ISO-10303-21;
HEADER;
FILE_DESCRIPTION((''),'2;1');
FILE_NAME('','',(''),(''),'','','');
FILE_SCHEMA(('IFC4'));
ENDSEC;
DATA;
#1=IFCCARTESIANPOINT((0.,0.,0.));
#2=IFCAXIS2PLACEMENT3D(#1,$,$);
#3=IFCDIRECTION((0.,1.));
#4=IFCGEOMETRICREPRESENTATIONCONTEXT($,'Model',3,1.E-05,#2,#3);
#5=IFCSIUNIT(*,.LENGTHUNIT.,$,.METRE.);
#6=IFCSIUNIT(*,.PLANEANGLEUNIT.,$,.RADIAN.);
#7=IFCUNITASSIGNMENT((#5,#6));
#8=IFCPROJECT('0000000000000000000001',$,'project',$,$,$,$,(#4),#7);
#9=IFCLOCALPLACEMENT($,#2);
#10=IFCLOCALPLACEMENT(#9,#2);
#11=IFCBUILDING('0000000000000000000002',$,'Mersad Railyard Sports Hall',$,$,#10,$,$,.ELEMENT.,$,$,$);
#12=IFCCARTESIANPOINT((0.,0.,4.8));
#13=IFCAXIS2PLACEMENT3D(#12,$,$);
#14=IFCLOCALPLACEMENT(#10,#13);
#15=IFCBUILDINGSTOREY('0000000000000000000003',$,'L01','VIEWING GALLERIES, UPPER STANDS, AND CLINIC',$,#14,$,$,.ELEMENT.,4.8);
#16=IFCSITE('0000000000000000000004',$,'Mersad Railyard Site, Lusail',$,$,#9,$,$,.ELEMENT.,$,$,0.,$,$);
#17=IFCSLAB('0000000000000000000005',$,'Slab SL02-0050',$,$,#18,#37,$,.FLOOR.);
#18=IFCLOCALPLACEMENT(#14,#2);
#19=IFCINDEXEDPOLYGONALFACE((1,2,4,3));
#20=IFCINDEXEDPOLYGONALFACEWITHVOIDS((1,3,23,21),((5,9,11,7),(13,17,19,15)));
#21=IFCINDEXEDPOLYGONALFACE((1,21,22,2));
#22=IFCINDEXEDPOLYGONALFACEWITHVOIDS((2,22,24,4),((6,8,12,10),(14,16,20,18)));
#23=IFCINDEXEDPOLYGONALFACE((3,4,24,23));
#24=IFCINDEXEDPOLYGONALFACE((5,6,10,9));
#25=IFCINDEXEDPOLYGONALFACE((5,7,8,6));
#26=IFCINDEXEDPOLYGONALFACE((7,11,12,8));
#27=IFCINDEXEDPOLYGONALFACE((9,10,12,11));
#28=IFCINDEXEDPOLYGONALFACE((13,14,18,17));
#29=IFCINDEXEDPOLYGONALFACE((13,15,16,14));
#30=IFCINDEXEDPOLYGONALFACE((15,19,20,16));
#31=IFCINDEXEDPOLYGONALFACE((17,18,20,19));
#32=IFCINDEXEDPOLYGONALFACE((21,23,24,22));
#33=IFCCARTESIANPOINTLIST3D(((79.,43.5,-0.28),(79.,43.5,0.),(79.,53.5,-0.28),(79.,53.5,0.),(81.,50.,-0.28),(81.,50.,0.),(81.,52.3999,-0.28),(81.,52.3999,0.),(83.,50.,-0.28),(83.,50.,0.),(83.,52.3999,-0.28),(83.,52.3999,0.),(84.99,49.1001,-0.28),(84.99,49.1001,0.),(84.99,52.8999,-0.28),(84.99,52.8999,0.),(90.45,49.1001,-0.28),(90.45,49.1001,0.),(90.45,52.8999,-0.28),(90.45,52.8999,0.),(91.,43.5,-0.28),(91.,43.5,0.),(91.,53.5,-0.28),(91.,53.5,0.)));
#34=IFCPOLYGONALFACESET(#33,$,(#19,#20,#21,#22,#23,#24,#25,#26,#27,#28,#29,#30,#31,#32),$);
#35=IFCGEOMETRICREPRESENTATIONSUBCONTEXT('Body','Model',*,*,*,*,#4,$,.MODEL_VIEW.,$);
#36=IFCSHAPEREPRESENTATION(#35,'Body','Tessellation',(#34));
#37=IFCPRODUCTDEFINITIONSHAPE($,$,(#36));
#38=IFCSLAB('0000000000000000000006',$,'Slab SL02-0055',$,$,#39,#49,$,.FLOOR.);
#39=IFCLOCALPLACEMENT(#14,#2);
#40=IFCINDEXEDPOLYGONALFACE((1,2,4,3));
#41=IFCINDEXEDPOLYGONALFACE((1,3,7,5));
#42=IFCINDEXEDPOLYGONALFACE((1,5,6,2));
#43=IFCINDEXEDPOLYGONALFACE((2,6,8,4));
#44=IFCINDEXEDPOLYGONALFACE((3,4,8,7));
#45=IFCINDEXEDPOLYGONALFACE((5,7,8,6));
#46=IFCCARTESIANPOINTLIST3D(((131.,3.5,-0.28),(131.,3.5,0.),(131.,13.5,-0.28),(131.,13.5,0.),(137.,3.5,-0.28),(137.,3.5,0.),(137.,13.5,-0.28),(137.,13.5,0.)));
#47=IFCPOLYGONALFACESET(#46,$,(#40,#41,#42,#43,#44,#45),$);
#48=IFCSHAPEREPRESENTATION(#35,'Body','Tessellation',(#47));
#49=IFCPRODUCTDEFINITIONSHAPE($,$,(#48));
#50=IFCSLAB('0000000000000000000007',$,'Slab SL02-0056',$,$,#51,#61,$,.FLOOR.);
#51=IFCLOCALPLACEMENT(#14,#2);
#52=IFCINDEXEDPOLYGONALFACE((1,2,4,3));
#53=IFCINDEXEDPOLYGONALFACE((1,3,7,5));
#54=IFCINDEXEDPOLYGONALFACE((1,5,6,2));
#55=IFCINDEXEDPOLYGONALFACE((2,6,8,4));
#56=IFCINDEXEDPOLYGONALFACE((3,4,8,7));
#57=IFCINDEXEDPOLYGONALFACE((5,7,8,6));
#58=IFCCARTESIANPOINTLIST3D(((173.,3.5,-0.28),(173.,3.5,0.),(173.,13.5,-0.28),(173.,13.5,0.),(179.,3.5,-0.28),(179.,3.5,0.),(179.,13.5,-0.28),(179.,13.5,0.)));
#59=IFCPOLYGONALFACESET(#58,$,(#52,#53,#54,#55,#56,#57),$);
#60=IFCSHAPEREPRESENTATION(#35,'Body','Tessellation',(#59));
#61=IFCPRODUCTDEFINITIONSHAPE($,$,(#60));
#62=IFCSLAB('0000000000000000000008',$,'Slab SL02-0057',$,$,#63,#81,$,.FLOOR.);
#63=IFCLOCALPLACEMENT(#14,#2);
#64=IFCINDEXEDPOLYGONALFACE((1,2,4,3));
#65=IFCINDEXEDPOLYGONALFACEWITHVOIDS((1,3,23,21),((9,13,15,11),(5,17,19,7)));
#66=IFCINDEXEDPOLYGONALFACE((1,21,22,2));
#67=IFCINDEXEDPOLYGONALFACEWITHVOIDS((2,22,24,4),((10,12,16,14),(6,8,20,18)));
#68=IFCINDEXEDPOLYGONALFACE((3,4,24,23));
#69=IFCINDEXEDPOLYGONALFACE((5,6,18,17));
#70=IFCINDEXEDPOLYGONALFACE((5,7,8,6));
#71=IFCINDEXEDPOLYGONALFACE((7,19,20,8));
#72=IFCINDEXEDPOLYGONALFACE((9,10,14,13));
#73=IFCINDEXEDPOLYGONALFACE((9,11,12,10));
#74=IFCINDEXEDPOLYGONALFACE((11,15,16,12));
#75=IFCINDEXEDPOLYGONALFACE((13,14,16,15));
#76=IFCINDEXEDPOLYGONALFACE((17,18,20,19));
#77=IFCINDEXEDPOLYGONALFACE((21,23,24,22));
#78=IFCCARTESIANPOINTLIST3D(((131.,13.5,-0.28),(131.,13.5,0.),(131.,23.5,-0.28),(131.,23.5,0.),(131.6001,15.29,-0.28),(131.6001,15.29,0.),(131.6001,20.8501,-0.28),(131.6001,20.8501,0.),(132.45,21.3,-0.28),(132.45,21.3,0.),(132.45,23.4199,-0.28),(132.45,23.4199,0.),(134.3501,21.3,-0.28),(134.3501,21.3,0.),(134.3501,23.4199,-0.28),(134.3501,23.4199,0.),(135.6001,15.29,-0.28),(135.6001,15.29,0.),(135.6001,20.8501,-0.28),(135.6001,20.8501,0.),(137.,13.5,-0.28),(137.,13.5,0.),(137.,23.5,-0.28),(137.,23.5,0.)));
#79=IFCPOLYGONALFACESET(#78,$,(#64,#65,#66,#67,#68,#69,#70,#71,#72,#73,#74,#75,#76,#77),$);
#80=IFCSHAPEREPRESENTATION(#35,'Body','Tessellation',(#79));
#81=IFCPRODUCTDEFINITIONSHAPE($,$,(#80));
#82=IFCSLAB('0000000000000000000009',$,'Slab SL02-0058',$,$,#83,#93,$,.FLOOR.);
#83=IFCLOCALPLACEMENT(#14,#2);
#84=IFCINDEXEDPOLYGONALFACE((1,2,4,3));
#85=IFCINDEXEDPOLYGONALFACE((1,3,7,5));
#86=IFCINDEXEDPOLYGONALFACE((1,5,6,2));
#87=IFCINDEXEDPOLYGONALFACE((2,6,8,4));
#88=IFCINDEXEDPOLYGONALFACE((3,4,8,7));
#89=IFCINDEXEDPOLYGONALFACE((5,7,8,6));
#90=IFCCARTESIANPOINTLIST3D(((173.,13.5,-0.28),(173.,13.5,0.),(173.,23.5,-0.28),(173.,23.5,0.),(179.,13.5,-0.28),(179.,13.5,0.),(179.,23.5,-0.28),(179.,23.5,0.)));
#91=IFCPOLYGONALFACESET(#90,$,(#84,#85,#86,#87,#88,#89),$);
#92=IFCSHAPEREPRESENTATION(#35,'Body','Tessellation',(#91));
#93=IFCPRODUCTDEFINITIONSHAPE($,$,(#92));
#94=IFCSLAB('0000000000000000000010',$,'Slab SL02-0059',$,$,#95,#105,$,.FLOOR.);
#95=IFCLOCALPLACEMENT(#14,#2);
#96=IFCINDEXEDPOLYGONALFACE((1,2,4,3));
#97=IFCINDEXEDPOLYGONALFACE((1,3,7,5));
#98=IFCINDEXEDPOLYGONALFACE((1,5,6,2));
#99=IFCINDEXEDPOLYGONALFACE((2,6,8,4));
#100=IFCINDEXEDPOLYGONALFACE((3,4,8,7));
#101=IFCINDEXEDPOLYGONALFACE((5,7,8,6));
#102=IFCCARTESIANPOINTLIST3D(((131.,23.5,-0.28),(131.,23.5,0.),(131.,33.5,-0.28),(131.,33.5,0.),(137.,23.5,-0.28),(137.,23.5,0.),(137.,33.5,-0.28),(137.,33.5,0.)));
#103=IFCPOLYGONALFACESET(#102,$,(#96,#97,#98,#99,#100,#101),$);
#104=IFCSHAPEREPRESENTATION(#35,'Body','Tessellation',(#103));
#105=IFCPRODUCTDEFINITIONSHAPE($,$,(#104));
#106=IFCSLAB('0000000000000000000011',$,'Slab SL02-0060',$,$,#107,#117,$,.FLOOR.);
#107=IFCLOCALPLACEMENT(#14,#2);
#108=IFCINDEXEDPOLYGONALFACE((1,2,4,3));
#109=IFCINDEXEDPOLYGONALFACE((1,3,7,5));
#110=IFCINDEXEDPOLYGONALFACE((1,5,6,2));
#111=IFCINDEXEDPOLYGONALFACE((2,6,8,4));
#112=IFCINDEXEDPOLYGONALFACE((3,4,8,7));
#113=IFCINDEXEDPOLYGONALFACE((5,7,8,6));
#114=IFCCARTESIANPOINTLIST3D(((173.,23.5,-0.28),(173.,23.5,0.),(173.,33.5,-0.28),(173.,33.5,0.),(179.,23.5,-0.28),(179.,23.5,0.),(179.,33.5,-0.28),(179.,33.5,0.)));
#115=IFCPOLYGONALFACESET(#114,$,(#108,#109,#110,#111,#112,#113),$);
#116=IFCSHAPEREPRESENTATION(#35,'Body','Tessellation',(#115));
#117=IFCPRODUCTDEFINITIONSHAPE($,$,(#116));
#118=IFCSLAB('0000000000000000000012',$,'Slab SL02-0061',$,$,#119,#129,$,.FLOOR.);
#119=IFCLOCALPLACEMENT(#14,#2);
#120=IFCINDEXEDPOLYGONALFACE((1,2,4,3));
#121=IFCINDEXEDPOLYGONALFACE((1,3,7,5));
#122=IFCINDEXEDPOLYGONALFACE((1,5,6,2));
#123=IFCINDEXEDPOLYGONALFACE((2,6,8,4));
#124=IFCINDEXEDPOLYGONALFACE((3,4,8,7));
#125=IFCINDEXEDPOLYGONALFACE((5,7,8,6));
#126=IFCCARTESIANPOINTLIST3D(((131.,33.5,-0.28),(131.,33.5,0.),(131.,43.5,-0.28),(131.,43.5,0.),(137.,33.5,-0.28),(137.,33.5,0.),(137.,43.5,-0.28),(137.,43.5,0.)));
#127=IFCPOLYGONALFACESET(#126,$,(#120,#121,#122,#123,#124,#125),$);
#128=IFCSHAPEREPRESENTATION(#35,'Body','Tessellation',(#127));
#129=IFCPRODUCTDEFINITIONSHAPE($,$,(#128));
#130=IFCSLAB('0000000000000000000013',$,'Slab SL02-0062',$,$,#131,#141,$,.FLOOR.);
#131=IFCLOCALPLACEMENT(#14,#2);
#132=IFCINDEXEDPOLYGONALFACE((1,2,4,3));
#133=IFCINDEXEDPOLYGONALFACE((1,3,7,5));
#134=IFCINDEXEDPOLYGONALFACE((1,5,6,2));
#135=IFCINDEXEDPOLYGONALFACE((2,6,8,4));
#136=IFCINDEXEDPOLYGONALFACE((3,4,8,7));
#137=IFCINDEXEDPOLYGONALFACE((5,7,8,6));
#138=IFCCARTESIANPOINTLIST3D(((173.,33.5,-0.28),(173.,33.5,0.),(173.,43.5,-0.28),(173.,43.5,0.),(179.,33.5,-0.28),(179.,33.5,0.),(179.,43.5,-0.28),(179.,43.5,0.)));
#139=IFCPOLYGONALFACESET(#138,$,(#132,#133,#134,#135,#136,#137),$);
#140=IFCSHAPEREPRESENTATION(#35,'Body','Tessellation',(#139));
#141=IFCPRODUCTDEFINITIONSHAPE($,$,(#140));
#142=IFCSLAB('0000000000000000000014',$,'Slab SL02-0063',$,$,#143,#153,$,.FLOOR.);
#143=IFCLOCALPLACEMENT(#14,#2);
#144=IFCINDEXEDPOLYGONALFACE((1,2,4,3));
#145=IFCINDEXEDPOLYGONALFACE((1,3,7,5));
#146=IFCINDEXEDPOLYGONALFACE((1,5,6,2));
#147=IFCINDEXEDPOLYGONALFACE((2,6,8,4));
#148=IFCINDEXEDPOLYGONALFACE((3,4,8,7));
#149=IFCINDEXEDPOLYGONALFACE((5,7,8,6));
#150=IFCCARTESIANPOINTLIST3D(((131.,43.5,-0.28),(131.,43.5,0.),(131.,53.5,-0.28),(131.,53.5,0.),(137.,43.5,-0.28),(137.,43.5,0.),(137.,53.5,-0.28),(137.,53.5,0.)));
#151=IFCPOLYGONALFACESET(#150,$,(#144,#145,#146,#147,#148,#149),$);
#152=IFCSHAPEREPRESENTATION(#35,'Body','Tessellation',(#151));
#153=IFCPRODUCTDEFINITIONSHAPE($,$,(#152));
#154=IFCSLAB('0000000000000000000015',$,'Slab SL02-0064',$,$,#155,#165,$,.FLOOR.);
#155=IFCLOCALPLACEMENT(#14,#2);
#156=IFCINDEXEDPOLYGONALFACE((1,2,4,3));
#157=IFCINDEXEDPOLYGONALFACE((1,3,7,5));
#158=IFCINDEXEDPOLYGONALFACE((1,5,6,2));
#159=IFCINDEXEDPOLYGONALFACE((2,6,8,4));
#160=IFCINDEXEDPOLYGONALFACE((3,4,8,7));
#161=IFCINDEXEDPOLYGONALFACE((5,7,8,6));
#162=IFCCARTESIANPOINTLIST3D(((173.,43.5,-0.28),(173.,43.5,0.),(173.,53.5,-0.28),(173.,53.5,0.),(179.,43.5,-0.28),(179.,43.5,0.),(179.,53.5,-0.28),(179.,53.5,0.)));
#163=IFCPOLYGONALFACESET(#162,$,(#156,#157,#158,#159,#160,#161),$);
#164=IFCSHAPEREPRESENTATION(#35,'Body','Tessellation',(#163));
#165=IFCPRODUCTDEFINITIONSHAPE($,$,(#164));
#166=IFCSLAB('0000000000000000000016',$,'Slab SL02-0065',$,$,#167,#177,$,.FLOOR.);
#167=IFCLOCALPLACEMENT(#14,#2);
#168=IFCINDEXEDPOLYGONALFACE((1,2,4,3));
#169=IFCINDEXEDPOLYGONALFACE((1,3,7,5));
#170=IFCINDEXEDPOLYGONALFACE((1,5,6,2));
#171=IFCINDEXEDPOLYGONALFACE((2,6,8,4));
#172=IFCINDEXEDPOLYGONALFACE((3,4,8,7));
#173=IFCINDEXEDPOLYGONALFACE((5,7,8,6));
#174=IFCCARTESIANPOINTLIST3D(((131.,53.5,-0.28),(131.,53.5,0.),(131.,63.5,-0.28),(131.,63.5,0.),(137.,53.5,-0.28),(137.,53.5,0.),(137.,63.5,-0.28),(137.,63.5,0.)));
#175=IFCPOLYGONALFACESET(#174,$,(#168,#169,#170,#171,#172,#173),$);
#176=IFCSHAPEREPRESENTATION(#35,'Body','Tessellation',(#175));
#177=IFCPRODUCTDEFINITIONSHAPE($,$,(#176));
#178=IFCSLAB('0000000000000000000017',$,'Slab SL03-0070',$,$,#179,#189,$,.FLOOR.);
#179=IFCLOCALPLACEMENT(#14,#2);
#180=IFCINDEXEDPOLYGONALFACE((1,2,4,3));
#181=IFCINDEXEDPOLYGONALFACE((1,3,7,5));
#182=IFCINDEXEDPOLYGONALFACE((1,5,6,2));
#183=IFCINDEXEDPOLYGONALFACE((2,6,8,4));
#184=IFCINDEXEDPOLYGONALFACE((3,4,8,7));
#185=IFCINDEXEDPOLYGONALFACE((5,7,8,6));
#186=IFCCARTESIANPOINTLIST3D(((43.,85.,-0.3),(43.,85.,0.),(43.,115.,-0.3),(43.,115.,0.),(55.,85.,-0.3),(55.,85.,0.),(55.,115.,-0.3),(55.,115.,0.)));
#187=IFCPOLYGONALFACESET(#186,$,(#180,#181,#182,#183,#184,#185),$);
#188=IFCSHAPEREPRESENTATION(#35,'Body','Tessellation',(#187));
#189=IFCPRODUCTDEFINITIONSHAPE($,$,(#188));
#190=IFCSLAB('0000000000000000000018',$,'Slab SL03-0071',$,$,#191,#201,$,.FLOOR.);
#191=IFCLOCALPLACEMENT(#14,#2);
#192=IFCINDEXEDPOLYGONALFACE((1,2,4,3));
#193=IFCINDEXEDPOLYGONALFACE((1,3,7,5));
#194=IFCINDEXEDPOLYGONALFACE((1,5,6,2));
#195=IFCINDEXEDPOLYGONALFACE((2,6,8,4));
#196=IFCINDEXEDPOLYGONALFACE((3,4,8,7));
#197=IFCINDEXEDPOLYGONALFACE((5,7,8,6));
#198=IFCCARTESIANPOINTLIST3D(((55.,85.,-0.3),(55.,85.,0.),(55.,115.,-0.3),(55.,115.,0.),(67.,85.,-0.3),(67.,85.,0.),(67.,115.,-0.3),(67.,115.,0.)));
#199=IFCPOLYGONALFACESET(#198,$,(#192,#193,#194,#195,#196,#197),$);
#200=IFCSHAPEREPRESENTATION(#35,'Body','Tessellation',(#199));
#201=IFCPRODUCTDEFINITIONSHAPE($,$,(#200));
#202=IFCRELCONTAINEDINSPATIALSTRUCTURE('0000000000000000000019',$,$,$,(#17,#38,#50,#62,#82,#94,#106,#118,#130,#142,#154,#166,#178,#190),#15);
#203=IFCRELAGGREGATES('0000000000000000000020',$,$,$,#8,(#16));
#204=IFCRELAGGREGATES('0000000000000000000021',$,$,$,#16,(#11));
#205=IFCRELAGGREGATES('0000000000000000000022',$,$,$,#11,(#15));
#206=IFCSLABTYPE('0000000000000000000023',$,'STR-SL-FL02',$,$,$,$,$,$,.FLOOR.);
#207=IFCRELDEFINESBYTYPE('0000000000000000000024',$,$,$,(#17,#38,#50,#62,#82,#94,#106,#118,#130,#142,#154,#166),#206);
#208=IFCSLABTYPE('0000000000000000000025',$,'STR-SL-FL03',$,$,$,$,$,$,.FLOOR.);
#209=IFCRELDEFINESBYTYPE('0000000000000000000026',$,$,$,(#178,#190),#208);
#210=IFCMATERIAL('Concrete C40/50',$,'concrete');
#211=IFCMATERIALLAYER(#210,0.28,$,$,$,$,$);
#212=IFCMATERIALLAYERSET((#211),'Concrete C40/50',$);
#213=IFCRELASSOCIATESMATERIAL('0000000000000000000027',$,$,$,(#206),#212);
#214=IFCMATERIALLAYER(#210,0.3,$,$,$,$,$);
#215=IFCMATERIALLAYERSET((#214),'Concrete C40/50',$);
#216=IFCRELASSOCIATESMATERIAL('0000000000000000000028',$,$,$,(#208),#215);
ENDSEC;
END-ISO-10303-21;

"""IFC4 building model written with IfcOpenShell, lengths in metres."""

from ifc_helpers import new_model, si_unit, direction, frame, origin, place, context, subcontext, project, spatial, polyline, outline, extrude, material, layer, layer_set, type_object, element, save


model = new_model("IFC4")

# Units and contexts
model_context = context("Model", 3, precision=1e-05, world=origin(), true_north=direction((0.0, 1.0)))
body_context = subcontext(model_context, "Body", "Model", "MODEL_VIEW")
ifc_project = project(units=[si_unit("LENGTHUNIT", "METRE"), si_unit("PLANEANGLEUNIT", "RADIAN")], contexts=[model_context])

# Site, building, storey
site_placement = place(None, origin())
site = spatial("IfcSite", under=ifc_project, at=site_placement, Name="Mersad Railyard Site, Lusail", CompositionType="ELEMENT", RefElevation=0.0)
building_placement = place(site_placement, origin())
building = spatial("IfcBuilding", under=site, at=building_placement, Name="Mersad Railyard Sports Hall", CompositionType="ELEMENT")
storey_placement = place(building_placement, frame((0.0, 0.0, 4.8)))
storey = spatial("IfcBuildingStorey", under=building, at=storey_placement, Name="L01", Description="VIEWING GALLERIES, UPPER STANDS, AND CLINIC", CompositionType="ELEMENT", Elevation=4.8)

# Slabs
ifc_material = material(Name="Concrete C40/50", Category="concrete")
ifc_layer_1 = layer(ifc_material, 0.28)
ifc_layer_set_1 = layer_set([ifc_layer_1], Name="Concrete C40/50")
slab_type_1 = type_object("IfcSlabType", Name="STR-SL-FL02", PredefinedType="FLOOR", material=ifc_layer_set_1)
slab_1_placement = place(storey_placement, frame((0.0, 0.0, -0.28)))
element("IfcSlab", 1, at=slab_1_placement, inside=storey, type_object=slab_type_1, Name="Slab SL02-0050", PredefinedType="FLOOR", context=body_context, shape_type="SweptSolid", body=[
    extrude(outline(polyline([(79.0, 43.5), (91.0, 43.5), (91.0, 53.5), (79.0, 53.5), (79.0, 43.5)]), holes=[polyline([(84.99, 49.1001), (90.45, 49.1001), (90.45, 52.8999), (84.99, 52.8999), (84.99, 49.1001)]), polyline([(81.0, 50.0), (83.0, 50.0), (83.0, 52.3999), (81.0, 52.3999), (81.0, 50.0)])]), origin(), (0.0, 0.0, 1.0), 0.28),
])
slab_2_placement = place(storey_placement, frame((0.0, 0.0, -0.28)))
element("IfcSlab", 2, at=slab_2_placement, inside=storey, type_object=slab_type_1, Name="Slab SL02-0055", PredefinedType="FLOOR", context=body_context, shape_type="SweptSolid", body=[
    extrude(outline(polyline([(131.0, 3.5), (137.0, 3.5), (137.0, 13.5), (131.0, 13.5), (131.0, 3.5)])), origin(), (0.0, 0.0, 1.0), 0.28),
])
slab_3_placement = place(storey_placement, frame((0.0, 0.0, -0.28)))
element("IfcSlab", 3, at=slab_3_placement, inside=storey, type_object=slab_type_1, Name="Slab SL02-0056", PredefinedType="FLOOR", context=body_context, shape_type="SweptSolid", body=[
    extrude(outline(polyline([(173.0, 3.5), (179.0, 3.5), (179.0, 13.5), (173.0, 13.5), (173.0, 3.5)])), origin(), (0.0, 0.0, 1.0), 0.28),
])
slab_4_placement = place(storey_placement, frame((0.0, 0.0, -0.28)))
element("IfcSlab", 4, at=slab_4_placement, inside=storey, type_object=slab_type_1, Name="Slab SL02-0057", PredefinedType="FLOOR", context=body_context, shape_type="SweptSolid", body=[
    extrude(outline(polyline([(131.0, 13.5), (137.0, 13.5), (137.0, 23.5), (131.0, 23.5), (131.0, 13.5)]), holes=[polyline([(131.6001, 15.29), (135.6001, 15.29), (135.6001, 20.8501), (131.6001, 20.8501), (131.6001, 15.29)]), polyline([(132.45, 21.3), (134.3501, 21.3), (134.3501, 23.4199), (132.45, 23.4199), (132.45, 21.3)])]), origin(), (0.0, 0.0, 1.0), 0.28),
])
slab_5_placement = place(storey_placement, frame((0.0, 0.0, -0.28)))
element("IfcSlab", 5, at=slab_5_placement, inside=storey, type_object=slab_type_1, Name="Slab SL02-0058", PredefinedType="FLOOR", context=body_context, shape_type="SweptSolid", body=[
    extrude(outline(polyline([(173.0, 13.5), (179.0, 13.5), (179.0, 23.5), (173.0, 23.5), (173.0, 13.5)])), origin(), (0.0, 0.0, 1.0), 0.28),
])
slab_6_placement = place(storey_placement, frame((0.0, 0.0, -0.28)))
element("IfcSlab", 6, at=slab_6_placement, inside=storey, type_object=slab_type_1, Name="Slab SL02-0059", PredefinedType="FLOOR", context=body_context, shape_type="SweptSolid", body=[
    extrude(outline(polyline([(131.0, 23.5), (137.0, 23.5), (137.0, 33.5), (131.0, 33.5), (131.0, 23.5)])), origin(), (0.0, 0.0, 1.0), 0.28),
])
slab_7_placement = place(storey_placement, frame((0.0, 0.0, -0.28)))
element("IfcSlab", 7, at=slab_7_placement, inside=storey, type_object=slab_type_1, Name="Slab SL02-0060", PredefinedType="FLOOR", context=body_context, shape_type="SweptSolid", body=[
    extrude(outline(polyline([(173.0, 23.5), (179.0, 23.5), (179.0, 33.5), (173.0, 33.5), (173.0, 23.5)])), origin(), (0.0, 0.0, 1.0), 0.28),
])
slab_8_placement = place(storey_placement, frame((0.0, 0.0, -0.28)))
element("IfcSlab", 8, at=slab_8_placement, inside=storey, type_object=slab_type_1, Name="Slab SL02-0061", PredefinedType="FLOOR", context=body_context, shape_type="SweptSolid", body=[
    extrude(outline(polyline([(131.0, 33.5), (137.0, 33.5), (137.0, 43.5), (131.0, 43.5), (131.0, 33.5)])), origin(), (0.0, 0.0, 1.0), 0.28),
])
slab_9_placement = place(storey_placement, frame((0.0, 0.0, -0.28)))
element("IfcSlab", 9, at=slab_9_placement, inside=storey, type_object=slab_type_1, Name="Slab SL02-0062", PredefinedType="FLOOR", context=body_context, shape_type="SweptSolid", body=[
    extrude(outline(polyline([(173.0, 33.5), (179.0, 33.5), (179.0, 43.5), (173.0, 43.5), (173.0, 33.5)])), origin(), (0.0, 0.0, 1.0), 0.28),
])
slab_10_placement = place(storey_placement, frame((0.0, 0.0, -0.28)))
element("IfcSlab", 10, at=slab_10_placement, inside=storey, type_object=slab_type_1, Name="Slab SL02-0063", PredefinedType="FLOOR", context=body_context, shape_type="SweptSolid", body=[
    extrude(outline(polyline([(131.0, 43.5), (137.0, 43.5), (137.0, 53.5), (131.0, 53.5), (131.0, 43.5)])), origin(), (0.0, 0.0, 1.0), 0.28),
])
slab_11_placement = place(storey_placement, frame((0.0, 0.0, -0.28)))
element("IfcSlab", 11, at=slab_11_placement, inside=storey, type_object=slab_type_1, Name="Slab SL02-0064", PredefinedType="FLOOR", context=body_context, shape_type="SweptSolid", body=[
    extrude(outline(polyline([(173.0, 43.5), (179.0, 43.5), (179.0, 53.5), (173.0, 53.5), (173.0, 43.5)])), origin(), (0.0, 0.0, 1.0), 0.28),
])
slab_12_placement = place(storey_placement, frame((0.0, 0.0, -0.28)))
element("IfcSlab", 12, at=slab_12_placement, inside=storey, type_object=slab_type_1, Name="Slab SL02-0065", PredefinedType="FLOOR", context=body_context, shape_type="SweptSolid", body=[
    extrude(outline(polyline([(131.0, 53.5), (137.0, 53.5), (137.0, 63.5), (131.0, 63.5), (131.0, 53.5)])), origin(), (0.0, 0.0, 1.0), 0.28),
])
ifc_layer_2 = layer(ifc_material, 0.3)
ifc_layer_set_2 = layer_set([ifc_layer_2], Name="Concrete C40/50")
slab_type_2 = type_object("IfcSlabType", Name="STR-SL-FL03", PredefinedType="FLOOR", material=ifc_layer_set_2)
slab_13_placement = place(storey_placement, frame((0.0, 0.0, -0.3)))
element("IfcSlab", 13, at=slab_13_placement, inside=storey, type_object=slab_type_2, Name="Slab SL03-0070", PredefinedType="FLOOR", context=body_context, shape_type="SweptSolid", body=[
    extrude(outline(polyline([(43.0, 85.0), (55.0, 85.0), (55.0, 115.0), (43.0, 115.0), (43.0, 85.0)])), origin(), (0.0, 0.0, 1.0), 0.3),
])
slab_14_placement = place(storey_placement, frame((0.0, 0.0, -0.3)))
element("IfcSlab", 14, at=slab_14_placement, inside=storey, type_object=slab_type_2, Name="Slab SL03-0071", PredefinedType="FLOOR", context=body_context, shape_type="SweptSolid", body=[
    extrude(outline(polyline([(55.0, 85.0), (67.0, 85.0), (67.0, 115.0), (55.0, 115.0), (55.0, 85.0)])), origin(), (0.0, 0.0, 1.0), 0.3),
])

save(model, "model.ifc")
